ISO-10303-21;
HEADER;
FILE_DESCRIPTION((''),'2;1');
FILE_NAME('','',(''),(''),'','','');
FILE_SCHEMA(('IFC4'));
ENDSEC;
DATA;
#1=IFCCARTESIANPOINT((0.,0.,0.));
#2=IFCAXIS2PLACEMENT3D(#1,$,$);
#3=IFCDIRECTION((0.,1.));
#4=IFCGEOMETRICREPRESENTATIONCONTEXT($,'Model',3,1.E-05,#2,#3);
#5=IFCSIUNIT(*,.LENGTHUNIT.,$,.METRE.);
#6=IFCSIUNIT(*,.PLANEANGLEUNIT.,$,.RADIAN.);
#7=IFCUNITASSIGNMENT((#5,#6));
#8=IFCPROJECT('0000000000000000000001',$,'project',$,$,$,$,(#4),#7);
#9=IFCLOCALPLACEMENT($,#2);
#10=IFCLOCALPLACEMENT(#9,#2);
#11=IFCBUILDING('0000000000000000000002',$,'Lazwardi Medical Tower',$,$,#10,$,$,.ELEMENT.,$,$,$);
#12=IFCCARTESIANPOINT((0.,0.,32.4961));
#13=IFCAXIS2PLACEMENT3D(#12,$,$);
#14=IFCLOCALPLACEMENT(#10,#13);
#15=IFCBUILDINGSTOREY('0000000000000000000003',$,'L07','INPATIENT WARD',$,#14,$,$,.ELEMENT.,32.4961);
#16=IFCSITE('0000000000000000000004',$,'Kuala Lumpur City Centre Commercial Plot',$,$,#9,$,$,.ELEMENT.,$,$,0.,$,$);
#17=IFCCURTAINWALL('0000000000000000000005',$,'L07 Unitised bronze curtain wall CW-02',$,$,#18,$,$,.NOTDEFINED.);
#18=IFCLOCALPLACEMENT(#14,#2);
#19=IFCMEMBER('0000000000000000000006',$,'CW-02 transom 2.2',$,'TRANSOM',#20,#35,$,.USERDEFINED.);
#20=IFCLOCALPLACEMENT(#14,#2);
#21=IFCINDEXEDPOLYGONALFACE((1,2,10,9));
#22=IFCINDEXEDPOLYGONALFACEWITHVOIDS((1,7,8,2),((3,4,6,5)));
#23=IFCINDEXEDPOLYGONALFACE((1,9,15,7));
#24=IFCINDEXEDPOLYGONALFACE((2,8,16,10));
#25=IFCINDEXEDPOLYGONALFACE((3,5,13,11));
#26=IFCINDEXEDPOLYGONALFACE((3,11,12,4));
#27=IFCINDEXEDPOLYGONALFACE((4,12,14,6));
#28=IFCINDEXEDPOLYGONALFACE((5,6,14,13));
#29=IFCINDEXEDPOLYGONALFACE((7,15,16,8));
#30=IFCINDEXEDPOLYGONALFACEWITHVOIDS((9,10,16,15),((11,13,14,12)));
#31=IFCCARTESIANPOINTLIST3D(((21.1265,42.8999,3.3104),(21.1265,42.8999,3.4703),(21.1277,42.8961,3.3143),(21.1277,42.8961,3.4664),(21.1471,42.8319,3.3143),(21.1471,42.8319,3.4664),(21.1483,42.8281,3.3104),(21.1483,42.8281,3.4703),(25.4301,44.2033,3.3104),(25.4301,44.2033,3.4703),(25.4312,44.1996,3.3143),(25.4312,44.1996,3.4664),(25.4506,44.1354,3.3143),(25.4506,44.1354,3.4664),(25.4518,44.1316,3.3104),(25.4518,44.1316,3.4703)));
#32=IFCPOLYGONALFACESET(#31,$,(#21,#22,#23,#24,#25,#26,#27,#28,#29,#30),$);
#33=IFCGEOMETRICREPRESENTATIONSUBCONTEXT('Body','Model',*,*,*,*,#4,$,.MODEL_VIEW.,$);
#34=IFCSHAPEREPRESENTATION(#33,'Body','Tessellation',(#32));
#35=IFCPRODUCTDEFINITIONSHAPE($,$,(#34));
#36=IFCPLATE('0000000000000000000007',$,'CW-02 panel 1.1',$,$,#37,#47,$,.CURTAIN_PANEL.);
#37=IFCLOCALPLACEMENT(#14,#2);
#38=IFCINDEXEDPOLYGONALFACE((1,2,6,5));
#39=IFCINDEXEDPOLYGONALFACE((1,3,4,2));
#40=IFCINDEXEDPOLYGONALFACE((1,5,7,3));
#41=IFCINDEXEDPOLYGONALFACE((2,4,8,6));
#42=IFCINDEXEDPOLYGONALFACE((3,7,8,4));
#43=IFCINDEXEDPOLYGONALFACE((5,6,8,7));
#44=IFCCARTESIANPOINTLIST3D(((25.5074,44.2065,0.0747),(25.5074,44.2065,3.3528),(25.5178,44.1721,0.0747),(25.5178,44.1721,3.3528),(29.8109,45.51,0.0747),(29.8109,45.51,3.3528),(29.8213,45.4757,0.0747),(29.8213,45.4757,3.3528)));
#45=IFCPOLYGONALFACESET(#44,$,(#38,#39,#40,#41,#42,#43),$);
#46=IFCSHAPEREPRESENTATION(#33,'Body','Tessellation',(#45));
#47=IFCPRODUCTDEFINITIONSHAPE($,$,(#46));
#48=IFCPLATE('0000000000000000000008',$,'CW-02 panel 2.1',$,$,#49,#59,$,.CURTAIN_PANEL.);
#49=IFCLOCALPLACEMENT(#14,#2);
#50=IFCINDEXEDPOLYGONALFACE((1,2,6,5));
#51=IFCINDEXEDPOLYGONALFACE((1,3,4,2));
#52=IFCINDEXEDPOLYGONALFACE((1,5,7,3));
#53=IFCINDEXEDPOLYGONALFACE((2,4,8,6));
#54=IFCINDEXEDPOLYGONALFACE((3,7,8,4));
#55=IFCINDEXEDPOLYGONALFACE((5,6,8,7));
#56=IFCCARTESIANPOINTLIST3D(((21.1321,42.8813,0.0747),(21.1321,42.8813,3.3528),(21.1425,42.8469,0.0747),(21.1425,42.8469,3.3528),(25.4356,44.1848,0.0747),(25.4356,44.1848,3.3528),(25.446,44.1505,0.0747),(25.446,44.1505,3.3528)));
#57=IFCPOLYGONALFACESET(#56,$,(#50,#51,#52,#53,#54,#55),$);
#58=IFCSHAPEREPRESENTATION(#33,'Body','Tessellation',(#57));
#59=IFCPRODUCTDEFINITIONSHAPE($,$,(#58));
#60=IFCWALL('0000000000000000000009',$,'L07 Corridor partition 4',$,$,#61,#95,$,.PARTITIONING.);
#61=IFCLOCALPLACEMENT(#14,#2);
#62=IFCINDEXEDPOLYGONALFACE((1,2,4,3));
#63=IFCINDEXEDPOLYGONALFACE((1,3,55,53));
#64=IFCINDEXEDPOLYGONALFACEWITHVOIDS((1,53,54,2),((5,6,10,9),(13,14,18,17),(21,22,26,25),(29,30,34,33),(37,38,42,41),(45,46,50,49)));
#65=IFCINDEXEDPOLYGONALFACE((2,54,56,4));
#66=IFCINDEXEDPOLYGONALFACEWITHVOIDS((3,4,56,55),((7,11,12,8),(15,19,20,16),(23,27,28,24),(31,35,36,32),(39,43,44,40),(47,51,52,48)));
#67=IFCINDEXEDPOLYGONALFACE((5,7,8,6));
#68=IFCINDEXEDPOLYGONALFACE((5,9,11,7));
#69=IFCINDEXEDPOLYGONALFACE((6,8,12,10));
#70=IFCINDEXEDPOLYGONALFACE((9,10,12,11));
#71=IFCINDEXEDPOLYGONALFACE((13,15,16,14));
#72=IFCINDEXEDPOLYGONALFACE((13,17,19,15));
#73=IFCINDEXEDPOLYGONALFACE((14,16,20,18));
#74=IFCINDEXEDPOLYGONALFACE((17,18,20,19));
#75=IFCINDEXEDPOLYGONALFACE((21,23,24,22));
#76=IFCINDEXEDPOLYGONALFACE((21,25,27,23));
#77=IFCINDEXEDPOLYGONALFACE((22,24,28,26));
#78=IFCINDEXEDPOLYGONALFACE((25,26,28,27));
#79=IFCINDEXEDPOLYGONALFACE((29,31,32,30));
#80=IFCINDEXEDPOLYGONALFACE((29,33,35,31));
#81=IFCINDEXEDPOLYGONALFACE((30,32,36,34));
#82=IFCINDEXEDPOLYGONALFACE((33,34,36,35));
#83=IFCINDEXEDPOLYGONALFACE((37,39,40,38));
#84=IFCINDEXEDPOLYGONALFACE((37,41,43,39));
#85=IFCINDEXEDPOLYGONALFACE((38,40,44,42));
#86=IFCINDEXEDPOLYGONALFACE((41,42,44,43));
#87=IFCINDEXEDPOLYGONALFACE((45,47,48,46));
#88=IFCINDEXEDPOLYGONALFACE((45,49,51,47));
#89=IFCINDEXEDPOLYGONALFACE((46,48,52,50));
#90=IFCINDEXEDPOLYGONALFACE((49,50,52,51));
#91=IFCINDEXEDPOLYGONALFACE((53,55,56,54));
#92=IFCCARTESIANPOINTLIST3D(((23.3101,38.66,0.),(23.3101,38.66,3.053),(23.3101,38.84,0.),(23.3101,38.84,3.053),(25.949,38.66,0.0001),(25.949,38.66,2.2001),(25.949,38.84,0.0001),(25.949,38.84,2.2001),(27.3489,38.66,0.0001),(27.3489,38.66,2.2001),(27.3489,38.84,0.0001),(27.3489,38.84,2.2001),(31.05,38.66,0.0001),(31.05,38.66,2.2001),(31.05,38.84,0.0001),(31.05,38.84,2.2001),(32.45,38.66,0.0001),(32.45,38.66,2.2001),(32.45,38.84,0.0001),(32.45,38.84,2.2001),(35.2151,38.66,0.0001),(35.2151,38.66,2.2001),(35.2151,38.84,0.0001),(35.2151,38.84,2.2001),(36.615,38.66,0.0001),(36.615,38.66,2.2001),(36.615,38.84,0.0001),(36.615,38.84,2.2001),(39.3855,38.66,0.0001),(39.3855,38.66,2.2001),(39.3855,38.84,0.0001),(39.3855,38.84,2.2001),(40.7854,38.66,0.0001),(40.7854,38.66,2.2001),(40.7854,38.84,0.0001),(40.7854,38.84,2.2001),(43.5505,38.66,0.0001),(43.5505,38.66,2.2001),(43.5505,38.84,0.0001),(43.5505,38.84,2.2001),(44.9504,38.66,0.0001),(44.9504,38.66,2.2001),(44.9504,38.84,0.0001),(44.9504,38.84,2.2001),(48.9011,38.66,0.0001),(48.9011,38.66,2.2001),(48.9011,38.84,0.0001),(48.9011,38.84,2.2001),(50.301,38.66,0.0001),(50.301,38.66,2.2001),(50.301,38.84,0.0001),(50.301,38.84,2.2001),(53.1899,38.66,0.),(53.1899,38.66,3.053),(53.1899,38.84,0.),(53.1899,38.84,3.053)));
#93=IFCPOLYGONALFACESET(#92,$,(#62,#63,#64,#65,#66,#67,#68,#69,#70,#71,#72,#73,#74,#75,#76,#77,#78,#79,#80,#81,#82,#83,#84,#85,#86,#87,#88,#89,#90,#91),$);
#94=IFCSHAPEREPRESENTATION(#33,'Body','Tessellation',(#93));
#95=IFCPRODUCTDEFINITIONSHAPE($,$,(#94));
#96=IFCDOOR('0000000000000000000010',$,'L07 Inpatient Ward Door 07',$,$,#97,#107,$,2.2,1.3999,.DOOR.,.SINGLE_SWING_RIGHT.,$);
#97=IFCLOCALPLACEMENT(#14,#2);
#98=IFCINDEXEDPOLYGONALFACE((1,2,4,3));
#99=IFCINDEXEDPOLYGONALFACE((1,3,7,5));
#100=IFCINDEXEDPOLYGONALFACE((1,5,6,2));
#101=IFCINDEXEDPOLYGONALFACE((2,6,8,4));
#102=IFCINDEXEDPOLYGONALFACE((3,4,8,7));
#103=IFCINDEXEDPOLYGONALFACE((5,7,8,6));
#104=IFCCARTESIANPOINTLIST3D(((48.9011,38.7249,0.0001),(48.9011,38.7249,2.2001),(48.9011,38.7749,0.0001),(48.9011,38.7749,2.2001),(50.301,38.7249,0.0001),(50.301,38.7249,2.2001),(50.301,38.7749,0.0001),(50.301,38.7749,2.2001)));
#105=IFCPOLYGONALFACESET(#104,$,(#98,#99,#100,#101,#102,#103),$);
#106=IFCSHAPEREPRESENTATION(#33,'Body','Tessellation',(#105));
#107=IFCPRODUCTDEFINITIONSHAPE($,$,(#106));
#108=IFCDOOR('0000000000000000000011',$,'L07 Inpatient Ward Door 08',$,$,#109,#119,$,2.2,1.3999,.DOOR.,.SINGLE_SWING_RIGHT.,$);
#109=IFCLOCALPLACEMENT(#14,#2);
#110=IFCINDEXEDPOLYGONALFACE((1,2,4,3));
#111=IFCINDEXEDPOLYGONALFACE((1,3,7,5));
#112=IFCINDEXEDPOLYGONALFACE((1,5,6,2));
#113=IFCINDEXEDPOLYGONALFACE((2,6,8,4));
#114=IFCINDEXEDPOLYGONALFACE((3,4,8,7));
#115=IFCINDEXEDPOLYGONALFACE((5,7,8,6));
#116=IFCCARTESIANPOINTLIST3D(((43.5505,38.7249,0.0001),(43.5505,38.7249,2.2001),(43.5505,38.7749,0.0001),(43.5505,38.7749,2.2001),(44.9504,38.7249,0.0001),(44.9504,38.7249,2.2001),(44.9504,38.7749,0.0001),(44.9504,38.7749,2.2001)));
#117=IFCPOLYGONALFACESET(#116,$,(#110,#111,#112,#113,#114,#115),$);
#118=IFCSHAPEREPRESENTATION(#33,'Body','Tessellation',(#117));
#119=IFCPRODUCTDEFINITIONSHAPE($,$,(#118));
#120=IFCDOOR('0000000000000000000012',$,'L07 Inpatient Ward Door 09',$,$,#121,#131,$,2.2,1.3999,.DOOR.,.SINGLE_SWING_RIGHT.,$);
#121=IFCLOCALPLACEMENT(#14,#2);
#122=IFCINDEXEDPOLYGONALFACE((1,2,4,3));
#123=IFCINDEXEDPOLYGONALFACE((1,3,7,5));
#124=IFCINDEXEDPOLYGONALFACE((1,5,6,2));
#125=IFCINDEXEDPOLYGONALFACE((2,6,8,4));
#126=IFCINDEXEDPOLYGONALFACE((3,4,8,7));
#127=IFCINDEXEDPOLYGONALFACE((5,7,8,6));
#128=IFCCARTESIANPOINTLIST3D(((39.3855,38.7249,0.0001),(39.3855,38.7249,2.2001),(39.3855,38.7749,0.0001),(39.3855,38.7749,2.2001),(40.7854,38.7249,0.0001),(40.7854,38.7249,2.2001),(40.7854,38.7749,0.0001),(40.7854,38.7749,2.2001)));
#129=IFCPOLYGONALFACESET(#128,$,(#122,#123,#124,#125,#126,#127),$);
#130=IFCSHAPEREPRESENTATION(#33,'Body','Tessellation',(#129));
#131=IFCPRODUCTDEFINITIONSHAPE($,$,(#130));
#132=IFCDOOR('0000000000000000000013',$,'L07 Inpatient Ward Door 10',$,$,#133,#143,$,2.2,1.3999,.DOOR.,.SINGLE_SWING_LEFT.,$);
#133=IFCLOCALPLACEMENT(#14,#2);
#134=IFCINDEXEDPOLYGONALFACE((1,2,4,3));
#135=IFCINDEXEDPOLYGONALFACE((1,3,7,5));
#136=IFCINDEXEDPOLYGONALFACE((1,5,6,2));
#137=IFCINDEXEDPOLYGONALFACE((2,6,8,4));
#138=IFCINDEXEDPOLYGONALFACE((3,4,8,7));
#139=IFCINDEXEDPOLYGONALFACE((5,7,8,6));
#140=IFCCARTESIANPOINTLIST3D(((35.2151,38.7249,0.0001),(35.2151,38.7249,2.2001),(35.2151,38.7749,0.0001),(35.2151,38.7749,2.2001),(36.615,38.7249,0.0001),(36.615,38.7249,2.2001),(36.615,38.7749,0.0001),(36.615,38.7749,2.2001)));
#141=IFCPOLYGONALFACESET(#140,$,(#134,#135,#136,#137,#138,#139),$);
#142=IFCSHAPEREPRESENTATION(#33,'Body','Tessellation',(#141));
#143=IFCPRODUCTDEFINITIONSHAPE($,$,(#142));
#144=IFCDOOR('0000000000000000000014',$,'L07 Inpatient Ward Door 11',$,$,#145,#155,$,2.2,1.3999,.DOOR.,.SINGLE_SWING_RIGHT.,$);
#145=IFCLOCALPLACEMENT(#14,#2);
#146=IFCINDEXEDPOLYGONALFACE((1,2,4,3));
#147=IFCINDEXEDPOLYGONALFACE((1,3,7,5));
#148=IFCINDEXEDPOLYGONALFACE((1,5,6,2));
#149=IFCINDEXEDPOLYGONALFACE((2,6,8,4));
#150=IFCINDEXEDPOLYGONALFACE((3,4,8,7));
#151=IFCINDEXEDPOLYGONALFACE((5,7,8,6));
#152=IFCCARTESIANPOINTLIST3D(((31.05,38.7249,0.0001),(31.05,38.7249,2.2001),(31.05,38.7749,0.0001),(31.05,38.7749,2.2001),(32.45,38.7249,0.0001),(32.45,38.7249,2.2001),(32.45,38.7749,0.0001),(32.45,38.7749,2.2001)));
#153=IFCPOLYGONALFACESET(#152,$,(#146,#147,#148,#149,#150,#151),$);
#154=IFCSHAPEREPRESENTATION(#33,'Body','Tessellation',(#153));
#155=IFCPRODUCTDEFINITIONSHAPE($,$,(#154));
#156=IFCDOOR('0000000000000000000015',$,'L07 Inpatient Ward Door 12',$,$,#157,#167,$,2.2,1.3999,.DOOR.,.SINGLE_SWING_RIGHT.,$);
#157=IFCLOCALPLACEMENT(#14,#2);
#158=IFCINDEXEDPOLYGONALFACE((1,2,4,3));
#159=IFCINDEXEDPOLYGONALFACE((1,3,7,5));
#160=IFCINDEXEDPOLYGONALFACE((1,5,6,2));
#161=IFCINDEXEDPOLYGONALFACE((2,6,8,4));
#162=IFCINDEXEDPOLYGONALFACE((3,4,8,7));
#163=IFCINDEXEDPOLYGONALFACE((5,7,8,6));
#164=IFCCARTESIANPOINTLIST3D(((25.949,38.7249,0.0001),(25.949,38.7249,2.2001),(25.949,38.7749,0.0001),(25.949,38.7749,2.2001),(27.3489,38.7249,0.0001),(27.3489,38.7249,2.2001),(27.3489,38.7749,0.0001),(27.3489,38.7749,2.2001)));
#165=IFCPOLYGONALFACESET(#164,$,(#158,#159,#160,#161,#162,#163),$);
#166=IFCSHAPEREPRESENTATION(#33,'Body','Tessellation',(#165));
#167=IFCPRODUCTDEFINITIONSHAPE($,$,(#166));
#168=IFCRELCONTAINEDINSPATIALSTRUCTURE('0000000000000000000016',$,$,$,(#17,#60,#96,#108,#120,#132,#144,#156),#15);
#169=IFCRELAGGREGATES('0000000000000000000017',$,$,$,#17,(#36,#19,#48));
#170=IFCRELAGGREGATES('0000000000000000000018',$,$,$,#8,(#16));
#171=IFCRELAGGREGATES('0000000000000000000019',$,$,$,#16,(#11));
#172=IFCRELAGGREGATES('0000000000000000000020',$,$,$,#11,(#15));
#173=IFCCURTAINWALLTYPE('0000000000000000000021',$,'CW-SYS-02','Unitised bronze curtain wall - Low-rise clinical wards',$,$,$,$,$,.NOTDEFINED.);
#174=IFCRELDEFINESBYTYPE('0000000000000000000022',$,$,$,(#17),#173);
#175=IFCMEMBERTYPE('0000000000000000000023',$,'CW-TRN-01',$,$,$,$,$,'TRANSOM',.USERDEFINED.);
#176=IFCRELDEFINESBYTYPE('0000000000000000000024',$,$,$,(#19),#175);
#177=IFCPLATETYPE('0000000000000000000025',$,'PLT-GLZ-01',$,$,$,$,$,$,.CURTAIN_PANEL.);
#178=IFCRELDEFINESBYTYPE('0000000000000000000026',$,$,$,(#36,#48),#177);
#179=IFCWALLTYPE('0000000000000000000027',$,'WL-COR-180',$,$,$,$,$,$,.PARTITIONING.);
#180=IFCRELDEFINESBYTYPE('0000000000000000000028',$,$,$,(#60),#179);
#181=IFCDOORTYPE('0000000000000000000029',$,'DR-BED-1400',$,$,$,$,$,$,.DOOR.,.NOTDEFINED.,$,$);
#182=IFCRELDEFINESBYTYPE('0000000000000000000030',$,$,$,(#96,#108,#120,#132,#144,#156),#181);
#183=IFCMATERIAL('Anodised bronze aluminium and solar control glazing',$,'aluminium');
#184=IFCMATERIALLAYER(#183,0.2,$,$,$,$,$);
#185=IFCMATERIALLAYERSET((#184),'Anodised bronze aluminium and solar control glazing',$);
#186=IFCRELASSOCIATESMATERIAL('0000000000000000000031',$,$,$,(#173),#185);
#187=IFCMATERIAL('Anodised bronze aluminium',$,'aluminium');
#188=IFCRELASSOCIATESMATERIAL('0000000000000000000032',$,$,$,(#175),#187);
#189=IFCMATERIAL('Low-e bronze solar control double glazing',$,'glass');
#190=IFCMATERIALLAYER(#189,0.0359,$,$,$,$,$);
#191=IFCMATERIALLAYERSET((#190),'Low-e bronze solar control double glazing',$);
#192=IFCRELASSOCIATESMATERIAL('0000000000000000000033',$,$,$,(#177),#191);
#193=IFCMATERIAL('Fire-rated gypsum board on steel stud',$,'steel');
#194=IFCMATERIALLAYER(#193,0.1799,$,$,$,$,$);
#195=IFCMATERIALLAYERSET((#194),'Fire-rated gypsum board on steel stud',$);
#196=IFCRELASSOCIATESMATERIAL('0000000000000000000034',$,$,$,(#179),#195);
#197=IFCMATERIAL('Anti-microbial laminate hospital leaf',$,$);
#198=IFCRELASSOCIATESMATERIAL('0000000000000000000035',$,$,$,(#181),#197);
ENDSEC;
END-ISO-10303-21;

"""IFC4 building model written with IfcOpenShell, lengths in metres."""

from ifc_helpers import new_model, si_unit, direction, frame, frame_2d, origin, origin_2d, place, context, subcontext, project, spatial, rectangle, hollow_rectangle, extrude, material, layer, layer_set, material_profile, profile_set, type_object, element, fill, aggregate, save


model = new_model("IFC4")

# Units and contexts
model_context = context("Model", 3, precision=1e-05, world=origin(), true_north=direction((0.0, 1.0)))
body_context = subcontext(model_context, "Body", "Model", "MODEL_VIEW")
ifc_project = project(units=[si_unit("LENGTHUNIT", "METRE"), si_unit("PLANEANGLEUNIT", "RADIAN")], contexts=[model_context])

# Site, building, storey
site_placement = place(None, origin())
site = spatial("IfcSite", under=ifc_project, at=site_placement, Name="Kuala Lumpur City Centre Commercial Plot", CompositionType="ELEMENT", RefElevation=0.0)
building_placement = place(site_placement, origin())
building = spatial("IfcBuilding", under=site, at=building_placement, Name="Lazwardi Medical Tower", CompositionType="ELEMENT")
storey_placement = place(building_placement, frame((0.0, 0.0, 32.4961)))
storey = spatial("IfcBuildingStorey", under=building, at=storey_placement, Name="L07", Description="INPATIENT WARD", CompositionType="ELEMENT", Elevation=32.4961)

# Curtain wall, member, plates
ifc_material_1 = material(Name="Anodised bronze aluminium and solar control glazing", Category="aluminium")
ifc_layer_1 = layer(ifc_material_1, 0.2)
ifc_layer_set_1 = layer_set([ifc_layer_1], Name="Anodised bronze aluminium and solar control glazing")
curtain_wall_type = type_object("IfcCurtainWallType", Name="CW-SYS-02", Description="Unitised bronze curtain wall - Low-rise clinical wards", PredefinedType="NOTDEFINED", material=ifc_layer_set_1)
curtain_wall_placement = place(storey_placement, origin())
curtain_wall = element("IfcCurtainWall", 1, at=curtain_wall_placement, inside=storey, type_object=curtain_wall_type, Name="L07 Unitised bronze curtain wall CW-02", PredefinedType="NOTDEFINED")
ifc_material_2 = material(Name="Anodised bronze aluminium", Category="aluminium")
ifc_material_profile_1 = material_profile(ifc_material_2, hollow_rectangle(XDim=0.075, YDim=0.1599, WallThickness=0.0039, at=origin_2d()), Name="ALU-TRANSOM 160x75x4")
ifc_profile_set_1 = profile_set([ifc_material_profile_1], Name="Anodised bronze aluminium")
member_type_1 = type_object("IfcMemberType", Name="CW-TRN-01", ElementType="TRANSOM", PredefinedType="USERDEFINED", material=ifc_profile_set_1)
member_1_placement = place(storey_placement, frame((25.4409, 44.1675, 3.3904), z_axis=(-0.957062, -0.289882, 0.0), x_axis=(0.289882, -0.957062, 0.0)))
member_1 = element("IfcMember", 2, at=member_1_placement, type_object=member_type_1, Name="CW-02 transom 2.2", ObjectType="TRANSOM", PredefinedType="USERDEFINED", context=body_context, shape_type="SweptSolid", body=[
    extrude(hollow_rectangle(XDim=0.075, YDim=0.1599, WallThickness=0.0039, at=origin_2d()), origin(), (0.0, 0.0, 1.0), 4.4966),
])
ifc_material_3 = material(Name="Low-e bronze solar control double glazing", Category="glass")
ifc_layer_2 = layer(ifc_material_3, 0.0359)
ifc_layer_set_2 = layer_set([ifc_layer_2], Name="Low-e bronze solar control double glazing")
plate_type = type_object("IfcPlateType", Name="PLT-GLZ-01", PredefinedType="CURTAIN_PANEL", material=ifc_layer_set_2)
plate_1_placement = place(storey_placement, frame((27.6643, 44.8411, 0.0747), z_axis=(0.0, 0.0, 1.0), x_axis=(-0.957058, -0.289896, 0.0)))
plate_1 = element("IfcPlate", 3, at=plate_1_placement, type_object=plate_type, Name="CW-02 panel 1.1", PredefinedType="CURTAIN_PANEL", context=body_context, shape_type="SweptSolid", body=[
    extrude(rectangle(XDim=4.4966, YDim=0.0359, at=origin_2d()), origin(), (0.0, 0.0, 1.0), 3.2781),
])
plate_2_placement = place(storey_placement, frame((23.2891, 43.5159, 0.0747), z_axis=(0.0, 0.0, 1.0), x_axis=(-0.957058, -0.289896, 0.0)))
plate_2 = element("IfcPlate", 4, at=plate_2_placement, type_object=plate_type, Name="CW-02 panel 2.1", PredefinedType="CURTAIN_PANEL", context=body_context, shape_type="SweptSolid", body=[
    extrude(rectangle(XDim=4.4966, YDim=0.0359, at=origin_2d()), origin(), (0.0, 0.0, 1.0), 3.2781),
])
aggregate(curtain_wall, [plate_1, member_1, plate_2])

# Wall, openings, doors
ifc_material_4 = material(Name="Fire-rated gypsum board on steel stud", Category="steel")
ifc_layer_3 = layer(ifc_material_4, 0.1799)
ifc_layer_set_3 = layer_set([ifc_layer_3], Name="Fire-rated gypsum board on steel stud")
wall_type_1 = type_object("IfcWallType", Name="WL-COR-180", PredefinedType="PARTITIONING", material=ifc_layer_set_3)
wall_1_placement = place(storey_placement, frame((23.3101, 38.75, 0.0), z_axis=(0.0, 0.0, 1.0), x_axis=(1.0, 0.0, 0.0)))
wall_1 = element("IfcWall", 5, at=wall_1_placement, inside=storey, type_object=wall_type_1, Name="L07 Corridor partition 4", PredefinedType="PARTITIONING", context=body_context, shape_type="SweptSolid", body=[
    extrude(rectangle(XDim=29.8799, YDim=0.1799, at=frame_2d((14.9399, 0.0))), origin(), (0.0, 0.0, 1.0), 3.053),
])
opening_1_placement = place(wall_1_placement, frame((25.5911, 0.0, 0.0)))
opening_1 = element("IfcOpeningElement", 6, at=opening_1_placement, cuts=wall_1, PredefinedType="OPENING", context=body_context, shape_type="SweptSolid", body=[
    extrude(rectangle(XDim=1.3999, YDim=2.2, at=frame_2d((0.7, 1.1001))), frame((0.0, 0.0999, 0.0), z_axis=(0.0, -1.0, 0.0), x_axis=(1.0, 0.0, 0.0)), (0.0, 0.0, 1.0), 0.2),
])
opening_2_placement = place(wall_1_placement, frame((20.2405, 0.0, 0.0)))
opening_2 = element("IfcOpeningElement", 7, at=opening_2_placement, cuts=wall_1, PredefinedType="OPENING", context=body_context, shape_type="SweptSolid", body=[
    extrude(rectangle(XDim=1.3999, YDim=2.2, at=frame_2d((0.7, 1.1001))), frame((0.0, 0.0999, 0.0), z_axis=(0.0, -1.0, 0.0), x_axis=(1.0, 0.0, 0.0)), (0.0, 0.0, 1.0), 0.2),
])
opening_3_placement = place(wall_1_placement, frame((16.0754, 0.0, 0.0)))
opening_3 = element("IfcOpeningElement", 8, at=opening_3_placement, cuts=wall_1, PredefinedType="OPENING", context=body_context, shape_type="SweptSolid", body=[
    extrude(rectangle(XDim=1.3999, YDim=2.2, at=frame_2d((0.7, 1.1001))), frame((0.0, 0.0999, 0.0), z_axis=(0.0, -1.0, 0.0), x_axis=(1.0, 0.0, 0.0)), (0.0, 0.0, 1.0), 0.2),
])
opening_4_placement = place(wall_1_placement, frame((11.905, 0.0, 0.0)))
opening_4 = element("IfcOpeningElement", 9, at=opening_4_placement, cuts=wall_1, PredefinedType="OPENING", context=body_context, shape_type="SweptSolid", body=[
    extrude(rectangle(XDim=1.3999, YDim=2.2, at=frame_2d((0.7, 1.1001))), frame((0.0, 0.0999, 0.0), z_axis=(0.0, -1.0, 0.0), x_axis=(1.0, 0.0, 0.0)), (0.0, 0.0, 1.0), 0.2),
])
opening_5_placement = place(wall_1_placement, frame((7.74, 0.0, 0.0)))
opening_5 = element("IfcOpeningElement", 10, at=opening_5_placement, cuts=wall_1, PredefinedType="OPENING", context=body_context, shape_type="SweptSolid", body=[
    extrude(rectangle(XDim=1.3999, YDim=2.2, at=frame_2d((0.7, 1.1001))), frame((0.0, 0.0999, 0.0), z_axis=(0.0, -1.0, 0.0), x_axis=(1.0, 0.0, 0.0)), (0.0, 0.0, 1.0), 0.2),
])
opening_6_placement = place(wall_1_placement, frame((2.6389, 0.0, 0.0)))
opening_6 = element("IfcOpeningElement", 11, at=opening_6_placement, cuts=wall_1, PredefinedType="OPENING", context=body_context, shape_type="SweptSolid", body=[
    extrude(rectangle(XDim=1.3999, YDim=2.2, at=frame_2d((0.7, 1.1001))), frame((0.0, 0.0999, 0.0), z_axis=(0.0, -1.0, 0.0), x_axis=(1.0, 0.0, 0.0)), (0.0, 0.0, 1.0), 0.2),
])
ifc_material_5 = material(Name="Anti-microbial laminate hospital leaf")
door_type = type_object("IfcDoorType", Name="DR-BED-1400", OperationType="NOTDEFINED", PredefinedType="DOOR", material=ifc_material_5)
door_1_placement = place(opening_1_placement, origin())
door_1 = element("IfcDoor", 12, at=door_1_placement, inside=storey, type_object=door_type, Name="L07 Inpatient Ward Door 07", OperationType="SINGLE_SWING_RIGHT", OverallHeight=2.2, OverallWidth=1.3999, PredefinedType="DOOR", context=body_context, shape_type="SweptSolid", body=[
    extrude(rectangle(XDim=1.3999, YDim=2.2, at=frame_2d((0.7, 1.1001))), frame((0.0, 0.0249, 0.0), z_axis=(0.0, -1.0, 0.0), x_axis=(1.0, 0.0, 0.0)), (0.0, 0.0, 1.0), 0.05),
])
fill(opening_1, door_1)
door_2_placement = place(opening_2_placement, origin())
door_2 = element("IfcDoor", 13, at=door_2_placement, inside=storey, type_object=door_type, Name="L07 Inpatient Ward Door 08", OperationType="SINGLE_SWING_RIGHT", OverallHeight=2.2, OverallWidth=1.3999, PredefinedType="DOOR", context=body_context, shape_type="SweptSolid", body=[
    extrude(rectangle(XDim=1.3999, YDim=2.2, at=frame_2d((0.7, 1.1001))), frame((0.0, 0.0249, 0.0), z_axis=(0.0, -1.0, 0.0), x_axis=(1.0, 0.0, 0.0)), (0.0, 0.0, 1.0), 0.05),
])
fill(opening_2, door_2)
door_3_placement = place(opening_3_placement, origin())
door_3 = element("IfcDoor", 14, at=door_3_placement, inside=storey, type_object=door_type, Name="L07 Inpatient Ward Door 09", OperationType="SINGLE_SWING_RIGHT", OverallHeight=2.2, OverallWidth=1.3999, PredefinedType="DOOR", context=body_context, shape_type="SweptSolid", body=[
    extrude(rectangle(XDim=1.3999, YDim=2.2, at=frame_2d((0.7, 1.1001))), frame((0.0, 0.0249, 0.0), z_axis=(0.0, -1.0, 0.0), x_axis=(1.0, 0.0, 0.0)), (0.0, 0.0, 1.0), 0.05),
])
fill(opening_3, door_3)
door_4_placement = place(opening_4_placement, origin())
door_4 = element("IfcDoor", 15, at=door_4_placement, inside=storey, type_object=door_type, Name="L07 Inpatient Ward Door 10", OperationType="SINGLE_SWING_LEFT", OverallHeight=2.2, OverallWidth=1.3999, PredefinedType="DOOR", context=body_context, shape_type="SweptSolid", body=[
    extrude(rectangle(XDim=1.3999, YDim=2.2, at=frame_2d((0.7, 1.1001))), frame((0.0, 0.0249, 0.0), z_axis=(0.0, -1.0, 0.0), x_axis=(1.0, 0.0, 0.0)), (0.0, 0.0, 1.0), 0.05),
])
fill(opening_4, door_4)
door_5_placement = place(opening_5_placement, origin())
door_5 = element("IfcDoor", 16, at=door_5_placement, inside=storey, type_object=door_type, Name="L07 Inpatient Ward Door 11", OperationType="SINGLE_SWING_RIGHT", OverallHeight=2.2, OverallWidth=1.3999, PredefinedType="DOOR", context=body_context, shape_type="SweptSolid", body=[
    extrude(rectangle(XDim=1.3999, YDim=2.2, at=frame_2d((0.7, 1.1001))), frame((0.0, 0.0249, 0.0), z_axis=(0.0, -1.0, 0.0), x_axis=(1.0, 0.0, 0.0)), (0.0, 0.0, 1.0), 0.05),
])
fill(opening_5, door_5)
door_6_placement = place(opening_6_placement, origin())
door_6 = element("IfcDoor", 17, at=door_6_placement, inside=storey, type_object=door_type, Name="L07 Inpatient Ward Door 12", OperationType="SINGLE_SWING_RIGHT", OverallHeight=2.2, OverallWidth=1.3999, PredefinedType="DOOR", context=body_context, shape_type="SweptSolid", body=[
    extrude(rectangle(XDim=1.3999, YDim=2.2, at=frame_2d((0.7, 1.1001))), frame((0.0, 0.0249, 0.0), z_axis=(0.0, -1.0, 0.0), x_axis=(1.0, 0.0, 0.0)), (0.0, 0.0, 1.0), 0.05),
])
fill(opening_6, door_6)

save(model, "model.ifc")
